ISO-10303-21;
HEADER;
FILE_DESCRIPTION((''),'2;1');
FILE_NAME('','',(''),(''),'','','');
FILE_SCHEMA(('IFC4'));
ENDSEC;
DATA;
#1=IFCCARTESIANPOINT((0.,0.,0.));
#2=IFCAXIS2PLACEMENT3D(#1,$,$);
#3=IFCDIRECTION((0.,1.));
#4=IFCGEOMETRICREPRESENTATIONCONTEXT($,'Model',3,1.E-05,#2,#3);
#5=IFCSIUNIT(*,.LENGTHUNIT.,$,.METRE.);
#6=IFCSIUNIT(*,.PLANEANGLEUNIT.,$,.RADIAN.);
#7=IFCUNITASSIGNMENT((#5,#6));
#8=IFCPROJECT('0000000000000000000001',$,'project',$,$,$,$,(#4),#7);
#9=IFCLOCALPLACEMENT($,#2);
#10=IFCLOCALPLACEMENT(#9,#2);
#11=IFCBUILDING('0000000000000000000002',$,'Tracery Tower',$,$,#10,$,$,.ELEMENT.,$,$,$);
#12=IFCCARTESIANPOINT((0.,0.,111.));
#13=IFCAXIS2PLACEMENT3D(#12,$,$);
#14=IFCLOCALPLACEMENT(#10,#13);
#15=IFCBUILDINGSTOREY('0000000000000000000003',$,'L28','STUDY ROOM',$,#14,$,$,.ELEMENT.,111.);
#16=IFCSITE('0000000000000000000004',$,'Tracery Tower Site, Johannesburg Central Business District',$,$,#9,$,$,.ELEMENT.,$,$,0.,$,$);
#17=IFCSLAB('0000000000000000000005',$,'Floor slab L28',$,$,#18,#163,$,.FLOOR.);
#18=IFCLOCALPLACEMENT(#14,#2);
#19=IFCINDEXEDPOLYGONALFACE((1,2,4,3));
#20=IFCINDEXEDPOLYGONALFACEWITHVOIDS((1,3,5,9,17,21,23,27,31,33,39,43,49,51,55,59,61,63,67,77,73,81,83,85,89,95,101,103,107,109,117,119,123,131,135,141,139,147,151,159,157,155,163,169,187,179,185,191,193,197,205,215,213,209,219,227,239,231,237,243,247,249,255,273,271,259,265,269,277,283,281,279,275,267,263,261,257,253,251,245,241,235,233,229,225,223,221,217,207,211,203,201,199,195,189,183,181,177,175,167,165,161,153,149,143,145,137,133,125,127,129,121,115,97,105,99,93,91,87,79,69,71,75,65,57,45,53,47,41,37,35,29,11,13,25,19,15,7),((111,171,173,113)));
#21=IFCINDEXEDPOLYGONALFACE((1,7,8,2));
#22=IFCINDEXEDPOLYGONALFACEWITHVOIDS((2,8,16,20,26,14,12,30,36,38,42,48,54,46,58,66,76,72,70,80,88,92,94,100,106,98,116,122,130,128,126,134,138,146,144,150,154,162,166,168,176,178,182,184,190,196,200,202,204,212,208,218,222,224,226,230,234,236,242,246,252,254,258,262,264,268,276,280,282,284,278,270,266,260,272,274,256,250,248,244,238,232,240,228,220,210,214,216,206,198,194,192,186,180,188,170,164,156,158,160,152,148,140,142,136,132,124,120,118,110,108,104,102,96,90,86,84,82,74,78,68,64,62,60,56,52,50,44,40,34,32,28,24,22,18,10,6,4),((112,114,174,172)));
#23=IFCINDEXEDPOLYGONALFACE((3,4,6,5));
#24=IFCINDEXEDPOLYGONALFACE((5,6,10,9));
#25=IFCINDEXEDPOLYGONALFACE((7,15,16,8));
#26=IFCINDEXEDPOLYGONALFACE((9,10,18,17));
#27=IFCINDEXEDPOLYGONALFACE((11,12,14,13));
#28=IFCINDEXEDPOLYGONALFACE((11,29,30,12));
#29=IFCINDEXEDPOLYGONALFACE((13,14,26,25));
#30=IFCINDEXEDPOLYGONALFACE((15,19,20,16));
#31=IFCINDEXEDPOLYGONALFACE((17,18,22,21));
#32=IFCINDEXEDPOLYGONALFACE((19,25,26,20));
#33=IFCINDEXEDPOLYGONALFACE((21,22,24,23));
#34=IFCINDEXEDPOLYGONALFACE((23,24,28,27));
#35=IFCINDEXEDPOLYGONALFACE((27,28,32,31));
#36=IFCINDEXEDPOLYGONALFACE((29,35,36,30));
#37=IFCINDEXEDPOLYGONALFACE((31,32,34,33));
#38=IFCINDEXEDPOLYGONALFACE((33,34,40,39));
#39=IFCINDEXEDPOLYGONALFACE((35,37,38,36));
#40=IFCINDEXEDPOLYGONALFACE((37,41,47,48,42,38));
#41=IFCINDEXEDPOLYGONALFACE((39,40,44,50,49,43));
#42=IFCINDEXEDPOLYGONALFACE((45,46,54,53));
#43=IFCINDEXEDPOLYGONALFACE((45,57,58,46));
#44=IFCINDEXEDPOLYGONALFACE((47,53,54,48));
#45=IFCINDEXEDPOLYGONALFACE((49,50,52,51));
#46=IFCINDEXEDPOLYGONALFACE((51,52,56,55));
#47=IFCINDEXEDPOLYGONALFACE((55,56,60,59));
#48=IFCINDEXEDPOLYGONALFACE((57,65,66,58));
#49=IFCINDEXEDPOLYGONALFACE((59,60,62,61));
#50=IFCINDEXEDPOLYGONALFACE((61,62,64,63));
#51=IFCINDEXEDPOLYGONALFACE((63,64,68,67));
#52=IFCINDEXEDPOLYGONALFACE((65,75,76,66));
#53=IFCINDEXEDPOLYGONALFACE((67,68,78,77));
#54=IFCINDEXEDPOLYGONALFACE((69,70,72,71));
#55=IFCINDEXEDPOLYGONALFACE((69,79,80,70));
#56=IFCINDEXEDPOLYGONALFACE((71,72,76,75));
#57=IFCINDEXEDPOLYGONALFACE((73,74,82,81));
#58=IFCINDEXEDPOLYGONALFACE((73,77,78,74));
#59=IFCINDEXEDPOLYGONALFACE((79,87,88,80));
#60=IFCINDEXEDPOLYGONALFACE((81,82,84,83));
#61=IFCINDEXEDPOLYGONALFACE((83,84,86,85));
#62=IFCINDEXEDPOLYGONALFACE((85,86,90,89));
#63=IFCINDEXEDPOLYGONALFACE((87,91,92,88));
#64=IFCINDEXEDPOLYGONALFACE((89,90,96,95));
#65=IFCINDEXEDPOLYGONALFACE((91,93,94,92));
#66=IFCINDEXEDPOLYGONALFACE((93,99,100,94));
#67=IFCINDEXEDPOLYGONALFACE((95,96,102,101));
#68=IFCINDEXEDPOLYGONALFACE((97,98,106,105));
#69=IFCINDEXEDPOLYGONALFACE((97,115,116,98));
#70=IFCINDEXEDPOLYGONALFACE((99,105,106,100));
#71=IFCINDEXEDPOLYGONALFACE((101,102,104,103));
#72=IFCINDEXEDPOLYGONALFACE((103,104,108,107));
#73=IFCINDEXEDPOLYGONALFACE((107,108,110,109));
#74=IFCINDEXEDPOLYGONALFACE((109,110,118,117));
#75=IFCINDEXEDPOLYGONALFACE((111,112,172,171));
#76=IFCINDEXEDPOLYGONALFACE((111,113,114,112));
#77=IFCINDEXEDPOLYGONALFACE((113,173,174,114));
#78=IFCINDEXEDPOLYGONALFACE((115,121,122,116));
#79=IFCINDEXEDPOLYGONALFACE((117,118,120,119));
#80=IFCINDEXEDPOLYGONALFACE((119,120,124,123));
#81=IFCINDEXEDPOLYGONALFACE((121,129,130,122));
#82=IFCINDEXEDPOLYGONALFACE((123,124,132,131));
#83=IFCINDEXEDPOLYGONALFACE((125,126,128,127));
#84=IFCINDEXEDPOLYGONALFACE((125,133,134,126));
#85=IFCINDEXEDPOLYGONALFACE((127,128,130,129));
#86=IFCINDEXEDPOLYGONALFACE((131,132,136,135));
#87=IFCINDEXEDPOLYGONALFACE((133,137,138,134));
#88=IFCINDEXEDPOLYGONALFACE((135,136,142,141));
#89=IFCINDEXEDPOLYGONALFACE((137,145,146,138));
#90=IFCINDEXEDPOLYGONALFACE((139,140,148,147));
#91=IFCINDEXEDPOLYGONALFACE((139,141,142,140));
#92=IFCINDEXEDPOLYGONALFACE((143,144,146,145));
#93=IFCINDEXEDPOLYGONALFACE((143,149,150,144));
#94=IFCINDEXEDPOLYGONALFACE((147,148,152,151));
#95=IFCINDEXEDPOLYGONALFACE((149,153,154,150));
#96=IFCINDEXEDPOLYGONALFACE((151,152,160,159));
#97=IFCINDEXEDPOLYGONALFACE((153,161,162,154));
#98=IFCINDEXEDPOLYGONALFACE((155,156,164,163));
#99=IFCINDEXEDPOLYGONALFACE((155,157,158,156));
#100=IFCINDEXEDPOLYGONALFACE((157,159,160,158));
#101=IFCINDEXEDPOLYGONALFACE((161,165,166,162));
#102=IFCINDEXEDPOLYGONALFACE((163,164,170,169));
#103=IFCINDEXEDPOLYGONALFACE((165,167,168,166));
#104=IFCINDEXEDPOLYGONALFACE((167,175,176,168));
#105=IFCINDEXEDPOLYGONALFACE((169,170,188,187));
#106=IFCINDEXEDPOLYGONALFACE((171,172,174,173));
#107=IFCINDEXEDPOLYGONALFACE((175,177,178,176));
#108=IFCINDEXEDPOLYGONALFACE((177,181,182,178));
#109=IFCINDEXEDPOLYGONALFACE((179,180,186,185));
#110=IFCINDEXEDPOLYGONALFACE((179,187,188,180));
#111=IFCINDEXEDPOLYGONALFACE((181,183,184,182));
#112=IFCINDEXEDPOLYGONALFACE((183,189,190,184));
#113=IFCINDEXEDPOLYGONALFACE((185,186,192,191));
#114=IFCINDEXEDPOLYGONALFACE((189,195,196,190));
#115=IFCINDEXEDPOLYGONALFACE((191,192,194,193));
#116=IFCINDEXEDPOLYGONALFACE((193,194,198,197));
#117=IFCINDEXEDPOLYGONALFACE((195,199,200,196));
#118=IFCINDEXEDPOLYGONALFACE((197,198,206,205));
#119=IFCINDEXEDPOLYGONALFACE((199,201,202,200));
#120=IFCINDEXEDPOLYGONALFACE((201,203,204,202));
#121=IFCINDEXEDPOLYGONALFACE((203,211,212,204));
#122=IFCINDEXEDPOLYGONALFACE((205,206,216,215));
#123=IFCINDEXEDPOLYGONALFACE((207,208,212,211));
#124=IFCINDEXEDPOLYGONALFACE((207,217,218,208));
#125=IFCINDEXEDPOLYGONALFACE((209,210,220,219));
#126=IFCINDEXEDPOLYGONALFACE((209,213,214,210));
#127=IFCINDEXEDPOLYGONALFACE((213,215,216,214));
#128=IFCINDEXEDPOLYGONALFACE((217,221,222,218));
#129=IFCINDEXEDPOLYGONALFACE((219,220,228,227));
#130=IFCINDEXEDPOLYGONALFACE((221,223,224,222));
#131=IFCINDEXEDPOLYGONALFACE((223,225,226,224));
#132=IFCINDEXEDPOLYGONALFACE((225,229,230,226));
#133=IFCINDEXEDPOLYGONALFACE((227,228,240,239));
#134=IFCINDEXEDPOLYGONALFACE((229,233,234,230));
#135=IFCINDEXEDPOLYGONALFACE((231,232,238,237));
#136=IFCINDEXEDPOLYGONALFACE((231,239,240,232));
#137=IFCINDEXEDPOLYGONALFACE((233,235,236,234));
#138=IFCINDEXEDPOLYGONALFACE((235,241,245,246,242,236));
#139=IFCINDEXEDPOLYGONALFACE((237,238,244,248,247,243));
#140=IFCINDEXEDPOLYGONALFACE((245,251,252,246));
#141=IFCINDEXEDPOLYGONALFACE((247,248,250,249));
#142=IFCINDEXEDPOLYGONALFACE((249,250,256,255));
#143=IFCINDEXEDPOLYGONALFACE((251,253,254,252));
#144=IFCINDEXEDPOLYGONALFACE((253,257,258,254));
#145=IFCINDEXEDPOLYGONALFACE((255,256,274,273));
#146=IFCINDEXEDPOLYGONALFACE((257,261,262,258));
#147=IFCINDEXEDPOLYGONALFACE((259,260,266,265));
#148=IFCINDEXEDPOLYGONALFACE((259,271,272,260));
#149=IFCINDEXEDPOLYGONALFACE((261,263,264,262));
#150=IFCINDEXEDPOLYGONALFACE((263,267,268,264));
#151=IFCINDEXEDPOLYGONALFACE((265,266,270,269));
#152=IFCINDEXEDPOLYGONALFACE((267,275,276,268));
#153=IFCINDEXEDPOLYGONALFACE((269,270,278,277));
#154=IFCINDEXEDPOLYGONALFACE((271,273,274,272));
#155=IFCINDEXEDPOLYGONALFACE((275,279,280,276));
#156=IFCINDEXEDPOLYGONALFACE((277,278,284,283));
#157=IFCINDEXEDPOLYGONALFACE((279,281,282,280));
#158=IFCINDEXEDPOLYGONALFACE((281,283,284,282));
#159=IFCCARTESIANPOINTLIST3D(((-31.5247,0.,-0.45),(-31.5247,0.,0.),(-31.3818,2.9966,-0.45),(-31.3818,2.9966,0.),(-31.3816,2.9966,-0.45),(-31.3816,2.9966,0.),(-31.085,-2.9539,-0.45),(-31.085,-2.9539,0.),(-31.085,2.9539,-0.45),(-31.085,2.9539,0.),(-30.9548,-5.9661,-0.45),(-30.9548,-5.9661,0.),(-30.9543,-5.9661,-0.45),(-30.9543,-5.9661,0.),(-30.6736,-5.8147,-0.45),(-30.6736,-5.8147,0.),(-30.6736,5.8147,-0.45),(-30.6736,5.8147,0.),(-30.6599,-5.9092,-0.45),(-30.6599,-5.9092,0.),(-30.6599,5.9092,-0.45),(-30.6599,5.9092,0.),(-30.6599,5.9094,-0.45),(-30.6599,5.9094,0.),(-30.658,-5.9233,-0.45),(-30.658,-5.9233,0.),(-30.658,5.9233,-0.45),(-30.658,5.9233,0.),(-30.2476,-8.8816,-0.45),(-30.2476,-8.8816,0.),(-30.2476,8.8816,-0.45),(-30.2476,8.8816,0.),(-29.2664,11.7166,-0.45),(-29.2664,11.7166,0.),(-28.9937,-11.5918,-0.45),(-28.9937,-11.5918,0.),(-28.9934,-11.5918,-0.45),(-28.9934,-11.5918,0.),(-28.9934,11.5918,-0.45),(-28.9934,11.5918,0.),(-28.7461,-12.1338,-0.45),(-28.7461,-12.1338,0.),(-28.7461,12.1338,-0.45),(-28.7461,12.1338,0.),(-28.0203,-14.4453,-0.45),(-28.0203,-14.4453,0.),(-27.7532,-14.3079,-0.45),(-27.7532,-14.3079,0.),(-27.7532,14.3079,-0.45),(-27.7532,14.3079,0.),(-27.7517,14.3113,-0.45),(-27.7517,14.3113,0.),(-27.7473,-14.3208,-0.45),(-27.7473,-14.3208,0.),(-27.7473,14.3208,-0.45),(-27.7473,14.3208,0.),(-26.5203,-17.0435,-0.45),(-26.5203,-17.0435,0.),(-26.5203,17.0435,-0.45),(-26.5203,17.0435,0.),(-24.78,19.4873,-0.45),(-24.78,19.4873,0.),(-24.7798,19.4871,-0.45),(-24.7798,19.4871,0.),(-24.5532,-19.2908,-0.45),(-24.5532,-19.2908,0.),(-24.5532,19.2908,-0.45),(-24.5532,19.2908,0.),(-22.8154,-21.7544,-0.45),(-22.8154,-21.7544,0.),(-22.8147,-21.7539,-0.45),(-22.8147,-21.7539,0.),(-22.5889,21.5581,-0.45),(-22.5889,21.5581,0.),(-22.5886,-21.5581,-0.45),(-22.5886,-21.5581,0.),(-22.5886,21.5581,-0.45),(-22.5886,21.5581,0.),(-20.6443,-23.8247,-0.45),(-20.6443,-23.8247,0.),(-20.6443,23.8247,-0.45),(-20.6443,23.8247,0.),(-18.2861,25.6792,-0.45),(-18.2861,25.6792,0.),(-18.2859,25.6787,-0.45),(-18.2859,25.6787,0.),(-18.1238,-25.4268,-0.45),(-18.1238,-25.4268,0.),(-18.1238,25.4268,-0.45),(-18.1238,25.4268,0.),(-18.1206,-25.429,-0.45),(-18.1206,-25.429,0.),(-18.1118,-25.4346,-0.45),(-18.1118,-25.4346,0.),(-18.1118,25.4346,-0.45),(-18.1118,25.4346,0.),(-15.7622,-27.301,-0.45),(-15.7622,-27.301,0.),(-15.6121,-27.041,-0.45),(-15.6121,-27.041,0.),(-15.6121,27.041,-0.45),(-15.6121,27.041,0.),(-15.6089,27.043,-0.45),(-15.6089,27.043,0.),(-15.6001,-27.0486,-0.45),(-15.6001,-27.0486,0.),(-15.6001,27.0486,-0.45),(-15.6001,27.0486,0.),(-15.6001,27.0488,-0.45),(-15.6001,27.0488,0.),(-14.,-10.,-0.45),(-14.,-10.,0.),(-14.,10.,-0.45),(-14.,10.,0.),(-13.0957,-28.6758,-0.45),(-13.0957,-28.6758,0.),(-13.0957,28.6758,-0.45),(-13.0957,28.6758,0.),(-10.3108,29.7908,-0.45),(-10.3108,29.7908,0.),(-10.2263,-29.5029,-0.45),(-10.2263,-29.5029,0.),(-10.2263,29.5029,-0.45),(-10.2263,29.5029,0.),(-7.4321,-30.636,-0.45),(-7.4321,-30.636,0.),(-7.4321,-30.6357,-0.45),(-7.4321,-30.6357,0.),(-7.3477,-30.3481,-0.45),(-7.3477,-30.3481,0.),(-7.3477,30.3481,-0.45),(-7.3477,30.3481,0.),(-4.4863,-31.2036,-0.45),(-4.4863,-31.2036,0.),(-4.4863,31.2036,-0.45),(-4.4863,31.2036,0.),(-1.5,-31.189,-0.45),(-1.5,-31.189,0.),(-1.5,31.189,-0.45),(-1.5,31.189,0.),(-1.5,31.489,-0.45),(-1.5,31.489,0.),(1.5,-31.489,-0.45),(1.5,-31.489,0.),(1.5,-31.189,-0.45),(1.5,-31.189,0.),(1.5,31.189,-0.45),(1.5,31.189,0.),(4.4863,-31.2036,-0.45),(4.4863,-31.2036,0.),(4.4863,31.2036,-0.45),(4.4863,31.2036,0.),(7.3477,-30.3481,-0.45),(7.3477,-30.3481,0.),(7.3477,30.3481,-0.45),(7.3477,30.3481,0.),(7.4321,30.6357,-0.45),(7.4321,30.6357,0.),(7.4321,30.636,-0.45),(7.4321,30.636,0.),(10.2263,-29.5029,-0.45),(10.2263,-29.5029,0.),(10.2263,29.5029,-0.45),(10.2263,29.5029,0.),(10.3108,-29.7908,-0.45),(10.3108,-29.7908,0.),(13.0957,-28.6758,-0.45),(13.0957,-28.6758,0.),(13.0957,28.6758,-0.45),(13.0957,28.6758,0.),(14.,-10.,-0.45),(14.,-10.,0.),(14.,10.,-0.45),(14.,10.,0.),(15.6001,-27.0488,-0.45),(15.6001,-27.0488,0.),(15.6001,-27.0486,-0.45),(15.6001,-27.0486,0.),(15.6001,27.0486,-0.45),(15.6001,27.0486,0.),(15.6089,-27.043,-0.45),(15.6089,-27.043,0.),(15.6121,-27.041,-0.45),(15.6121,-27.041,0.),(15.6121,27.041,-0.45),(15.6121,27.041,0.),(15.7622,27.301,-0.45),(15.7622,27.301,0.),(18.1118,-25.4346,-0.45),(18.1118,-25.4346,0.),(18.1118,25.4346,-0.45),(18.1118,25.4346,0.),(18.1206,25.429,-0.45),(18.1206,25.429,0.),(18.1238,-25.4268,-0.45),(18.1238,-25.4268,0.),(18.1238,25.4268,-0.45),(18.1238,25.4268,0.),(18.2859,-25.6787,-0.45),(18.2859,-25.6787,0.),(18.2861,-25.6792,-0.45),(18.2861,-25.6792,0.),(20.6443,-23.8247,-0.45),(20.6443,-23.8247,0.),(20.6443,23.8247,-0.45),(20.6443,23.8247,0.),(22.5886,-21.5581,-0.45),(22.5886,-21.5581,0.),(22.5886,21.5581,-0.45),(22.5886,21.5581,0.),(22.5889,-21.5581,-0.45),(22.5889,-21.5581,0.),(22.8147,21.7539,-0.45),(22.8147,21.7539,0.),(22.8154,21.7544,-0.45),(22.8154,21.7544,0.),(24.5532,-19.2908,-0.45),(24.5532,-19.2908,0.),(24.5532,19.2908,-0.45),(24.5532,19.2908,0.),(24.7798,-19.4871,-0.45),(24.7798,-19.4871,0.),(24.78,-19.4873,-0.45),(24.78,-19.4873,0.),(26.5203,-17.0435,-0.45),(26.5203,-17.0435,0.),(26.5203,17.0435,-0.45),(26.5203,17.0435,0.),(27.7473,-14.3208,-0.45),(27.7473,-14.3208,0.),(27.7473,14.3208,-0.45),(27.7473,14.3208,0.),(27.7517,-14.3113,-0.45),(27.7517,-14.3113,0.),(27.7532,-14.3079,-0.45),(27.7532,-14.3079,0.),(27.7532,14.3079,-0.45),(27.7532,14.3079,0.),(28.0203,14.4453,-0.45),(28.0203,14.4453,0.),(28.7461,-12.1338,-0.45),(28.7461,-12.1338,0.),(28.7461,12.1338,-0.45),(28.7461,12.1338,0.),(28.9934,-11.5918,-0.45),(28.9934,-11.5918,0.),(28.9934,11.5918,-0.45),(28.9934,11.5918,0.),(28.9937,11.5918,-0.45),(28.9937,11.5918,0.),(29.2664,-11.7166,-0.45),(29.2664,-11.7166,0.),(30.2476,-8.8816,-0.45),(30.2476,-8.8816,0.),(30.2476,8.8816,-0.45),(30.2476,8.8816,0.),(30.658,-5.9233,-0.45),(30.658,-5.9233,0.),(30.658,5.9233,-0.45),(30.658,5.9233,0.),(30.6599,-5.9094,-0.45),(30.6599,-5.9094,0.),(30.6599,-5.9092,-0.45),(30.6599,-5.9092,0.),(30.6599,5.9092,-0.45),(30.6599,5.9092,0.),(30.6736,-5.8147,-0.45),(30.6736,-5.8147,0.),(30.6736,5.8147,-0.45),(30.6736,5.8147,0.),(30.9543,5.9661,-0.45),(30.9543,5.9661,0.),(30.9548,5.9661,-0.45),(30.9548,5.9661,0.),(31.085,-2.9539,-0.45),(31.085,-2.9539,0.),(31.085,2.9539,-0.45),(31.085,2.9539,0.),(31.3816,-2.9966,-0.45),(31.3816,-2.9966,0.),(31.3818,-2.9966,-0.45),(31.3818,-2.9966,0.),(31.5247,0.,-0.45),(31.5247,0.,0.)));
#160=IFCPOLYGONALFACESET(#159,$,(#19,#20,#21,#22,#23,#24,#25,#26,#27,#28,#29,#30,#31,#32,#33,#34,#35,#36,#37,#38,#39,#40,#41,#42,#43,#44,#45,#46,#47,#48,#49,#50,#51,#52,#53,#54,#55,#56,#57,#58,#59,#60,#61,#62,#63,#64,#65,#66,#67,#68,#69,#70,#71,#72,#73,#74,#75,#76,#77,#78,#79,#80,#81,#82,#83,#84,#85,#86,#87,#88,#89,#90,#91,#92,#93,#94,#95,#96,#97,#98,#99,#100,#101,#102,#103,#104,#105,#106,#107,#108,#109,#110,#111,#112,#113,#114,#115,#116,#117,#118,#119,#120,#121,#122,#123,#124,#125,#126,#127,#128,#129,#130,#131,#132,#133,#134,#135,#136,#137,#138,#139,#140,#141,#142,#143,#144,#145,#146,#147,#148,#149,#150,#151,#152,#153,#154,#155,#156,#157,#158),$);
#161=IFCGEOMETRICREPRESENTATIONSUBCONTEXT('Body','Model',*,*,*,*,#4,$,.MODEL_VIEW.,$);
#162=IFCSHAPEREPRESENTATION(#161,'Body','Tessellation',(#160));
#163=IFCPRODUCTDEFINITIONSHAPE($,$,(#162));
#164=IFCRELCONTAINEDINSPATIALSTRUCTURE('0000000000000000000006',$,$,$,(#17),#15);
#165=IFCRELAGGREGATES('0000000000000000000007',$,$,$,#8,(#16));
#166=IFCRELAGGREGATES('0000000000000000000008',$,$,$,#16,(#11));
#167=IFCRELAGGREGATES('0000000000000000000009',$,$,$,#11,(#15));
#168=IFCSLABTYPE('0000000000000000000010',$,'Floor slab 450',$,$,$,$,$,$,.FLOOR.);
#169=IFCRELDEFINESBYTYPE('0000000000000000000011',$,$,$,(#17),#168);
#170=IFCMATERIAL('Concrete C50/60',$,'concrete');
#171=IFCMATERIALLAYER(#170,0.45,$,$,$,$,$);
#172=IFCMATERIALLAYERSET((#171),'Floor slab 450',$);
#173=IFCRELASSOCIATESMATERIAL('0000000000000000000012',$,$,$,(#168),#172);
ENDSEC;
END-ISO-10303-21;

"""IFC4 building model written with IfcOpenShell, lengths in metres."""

from ifc_helpers import new_model, si_unit, direction, frame, origin, place, context, subcontext, project, spatial, polyline, outline, extrude, material, layer, layer_set, type_object, element, save


model = new_model("IFC4")

# Units and contexts
model_context = context("Model", 3, precision=1e-05, world=origin(), true_north=direction((0.0, 1.0)))
body_context = subcontext(model_context, "Body", "Model", "MODEL_VIEW")
ifc_project = project(units=[si_unit("LENGTHUNIT", "METRE"), si_unit("PLANEANGLEUNIT", "RADIAN")], contexts=[model_context])

# Site, building, storey
site_placement = place(None, origin())
site = spatial("IfcSite", under=ifc_project, at=site_placement, Name="Tracery Tower Site, Johannesburg Central Business District", CompositionType="ELEMENT", RefElevation=0.0)
building_placement = place(site_placement, origin())
building = spatial("IfcBuilding", under=site, at=building_placement, Name="Tracery Tower", CompositionType="ELEMENT")
storey_placement = place(building_placement, frame((0.0, 0.0, 111.0)))
storey = spatial("IfcBuildingStorey", under=building, at=storey_placement, Name="L28", Description="STUDY ROOM", CompositionType="ELEMENT", Elevation=111.0)

# Slab
ifc_material_1 = material(Name="Concrete C50/60", Category="concrete")
ifc_layer_1 = layer(ifc_material_1, 0.45)
ifc_layer_set_1 = layer_set([ifc_layer_1], Name="Floor slab 450")
slab_type_1 = type_object("IfcSlabType", Name="Floor slab 450", PredefinedType="FLOOR", material=ifc_layer_set_1)
slab_1_placement = place(storey_placement, frame((0.0, 0.0, -0.45)))
element("IfcSlab", 1, at=slab_1_placement, inside=storey, type_object=slab_type_1, Name="Floor slab L28", PredefinedType="FLOOR", context=body_context, shape_type="SweptSolid", body=[
    extrude(outline(polyline([(31.085, 2.9539), (31.085, 2.9539), (30.6736, 5.8147), (30.6599, 5.9092), (30.6599, 5.9092), (30.658, 5.9233), (30.9543, 5.9661), (30.9548, 5.9661), (30.2476, 8.8816), (28.9937, 11.5918), (28.9934, 11.5918), (28.7461, 12.1338), (27.7532, 14.3079), (27.7532, 14.3079), (27.7473, 14.3208), (28.0203, 14.4453), (26.5203, 17.0435), (24.5532, 19.2908), (24.5532, 19.2908), (22.5886, 21.5581), (22.8147, 21.7539), (22.8154, 21.7544), (20.6443, 23.8247), (18.1238, 25.4268), (18.1238, 25.4268), (18.1206, 25.429), (18.1118, 25.4346), (15.6121, 27.041), (15.6121, 27.041), (15.6001, 27.0486), (15.7622, 27.301), (13.0957, 28.6758), (10.2263, 29.5029), (10.2263, 29.5029), (7.3477, 30.3481), (7.4321, 30.6357), (7.4321, 30.636), (4.4863, 31.2036), (1.5, 31.189), (1.5, 31.189), (-1.5, 31.189), (-1.5, 31.489), (-4.4863, 31.2036), (-7.3477, 30.3481), (-7.3477, 30.3481), (-10.2263, 29.5029), (-10.3108, 29.7908), (-10.3108, 29.7908), (-13.0957, 28.6758), (-15.6001, 27.0488), (-15.6001, 27.0486), (-15.6089, 27.043), (-15.6121, 27.041), (-18.1118, 25.4346), (-18.1118, 25.4346), (-18.1238, 25.4268), (-18.2859, 25.6787), (-18.2861, 25.6792), (-20.6443, 23.8247), (-22.5889, 21.5581), (-22.5886, 21.5581), (-24.5532, 19.2908), (-24.7798, 19.4871), (-24.78, 19.4873), (-26.5203, 17.0435), (-27.7473, 14.3208), (-27.7473, 14.3208), (-27.7517, 14.3113), (-27.7532, 14.3079), (-28.7461, 12.1338), (-28.9934, 11.5918), (-29.2664, 11.7166), (-30.2476, 8.8816), (-30.658, 5.9233), (-30.658, 5.9233), (-30.6599, 5.9094), (-30.6599, 5.9092), (-30.6736, 5.8147), (-31.085, 2.9539), (-31.3816, 2.9966), (-31.3818, 2.9966), (-31.5247, 0.0), (-31.085, -2.9539), (-31.085, -2.9539), (-30.6736, -5.8147), (-30.6599, -5.9092), (-30.6599, -5.9092), (-30.658, -5.9233), (-30.9543, -5.9661), (-30.9548, -5.9661), (-30.2476, -8.8816), (-28.9937, -11.5918), (-28.9934, -11.5918), (-28.7461, -12.1338), (-27.7532, -14.3079), (-27.7532, -14.3079), (-27.7473, -14.3208), (-28.0203, -14.4453), (-26.5203, -17.0435), (-24.5532, -19.2908), (-24.5532, -19.2908), (-22.5886, -21.5581), (-22.8147, -21.7539), (-22.8154, -21.7544), (-20.6443, -23.8247), (-18.1238, -25.4268), (-18.1238, -25.4268), (-18.1206, -25.429), (-18.1118, -25.4346), (-15.6121, -27.041), (-15.6121, -27.041), (-15.6001, -27.0486), (-15.7622, -27.301), (-13.0957, -28.6758), (-10.2263, -29.5029), (-10.2263, -29.5029), (-7.3477, -30.3481), (-7.4321, -30.6357), (-7.4321, -30.636), (-4.4863, -31.2036), (-1.5, -31.189), (-1.5, -31.189), (1.5, -31.189), (1.5, -31.489), (4.4863, -31.2036), (7.3477, -30.3481), (7.3477, -30.3481), (10.2263, -29.5029), (10.3108, -29.7908), (10.3108, -29.7908), (13.0957, -28.6758), (15.6001, -27.0488), (15.6001, -27.0486), (15.6089, -27.043), (15.6121, -27.041), (18.1118, -25.4346), (18.1118, -25.4346), (18.1238, -25.4268), (18.2859, -25.6787), (18.2861, -25.6792), (20.6443, -23.8247), (22.5889, -21.5581), (22.5886, -21.5581), (24.5532, -19.2908), (24.7798, -19.4871), (24.78, -19.4873), (26.5203, -17.0435), (27.7473, -14.3208), (27.7473, -14.3208), (27.7517, -14.3113), (27.7532, -14.3079), (28.7461, -12.1338), (28.9934, -11.5918), (29.2664, -11.7166), (30.2476, -8.8816), (30.658, -5.9233), (30.658, -5.9233), (30.6599, -5.9094), (30.6599, -5.9092), (30.6736, -5.8147), (31.085, -2.9539), (31.3816, -2.9966), (31.3818, -2.9966), (31.5247, 0.0), (31.085, 2.9539)]), holes=[polyline([(-14.0, -10.0), (14.0, -10.0), (14.0, 10.0), (-14.0, 10.0), (-14.0, -10.0)])]), origin(), (0.0, 0.0, 1.0), 0.45),
])

save(model, "model.ifc")
